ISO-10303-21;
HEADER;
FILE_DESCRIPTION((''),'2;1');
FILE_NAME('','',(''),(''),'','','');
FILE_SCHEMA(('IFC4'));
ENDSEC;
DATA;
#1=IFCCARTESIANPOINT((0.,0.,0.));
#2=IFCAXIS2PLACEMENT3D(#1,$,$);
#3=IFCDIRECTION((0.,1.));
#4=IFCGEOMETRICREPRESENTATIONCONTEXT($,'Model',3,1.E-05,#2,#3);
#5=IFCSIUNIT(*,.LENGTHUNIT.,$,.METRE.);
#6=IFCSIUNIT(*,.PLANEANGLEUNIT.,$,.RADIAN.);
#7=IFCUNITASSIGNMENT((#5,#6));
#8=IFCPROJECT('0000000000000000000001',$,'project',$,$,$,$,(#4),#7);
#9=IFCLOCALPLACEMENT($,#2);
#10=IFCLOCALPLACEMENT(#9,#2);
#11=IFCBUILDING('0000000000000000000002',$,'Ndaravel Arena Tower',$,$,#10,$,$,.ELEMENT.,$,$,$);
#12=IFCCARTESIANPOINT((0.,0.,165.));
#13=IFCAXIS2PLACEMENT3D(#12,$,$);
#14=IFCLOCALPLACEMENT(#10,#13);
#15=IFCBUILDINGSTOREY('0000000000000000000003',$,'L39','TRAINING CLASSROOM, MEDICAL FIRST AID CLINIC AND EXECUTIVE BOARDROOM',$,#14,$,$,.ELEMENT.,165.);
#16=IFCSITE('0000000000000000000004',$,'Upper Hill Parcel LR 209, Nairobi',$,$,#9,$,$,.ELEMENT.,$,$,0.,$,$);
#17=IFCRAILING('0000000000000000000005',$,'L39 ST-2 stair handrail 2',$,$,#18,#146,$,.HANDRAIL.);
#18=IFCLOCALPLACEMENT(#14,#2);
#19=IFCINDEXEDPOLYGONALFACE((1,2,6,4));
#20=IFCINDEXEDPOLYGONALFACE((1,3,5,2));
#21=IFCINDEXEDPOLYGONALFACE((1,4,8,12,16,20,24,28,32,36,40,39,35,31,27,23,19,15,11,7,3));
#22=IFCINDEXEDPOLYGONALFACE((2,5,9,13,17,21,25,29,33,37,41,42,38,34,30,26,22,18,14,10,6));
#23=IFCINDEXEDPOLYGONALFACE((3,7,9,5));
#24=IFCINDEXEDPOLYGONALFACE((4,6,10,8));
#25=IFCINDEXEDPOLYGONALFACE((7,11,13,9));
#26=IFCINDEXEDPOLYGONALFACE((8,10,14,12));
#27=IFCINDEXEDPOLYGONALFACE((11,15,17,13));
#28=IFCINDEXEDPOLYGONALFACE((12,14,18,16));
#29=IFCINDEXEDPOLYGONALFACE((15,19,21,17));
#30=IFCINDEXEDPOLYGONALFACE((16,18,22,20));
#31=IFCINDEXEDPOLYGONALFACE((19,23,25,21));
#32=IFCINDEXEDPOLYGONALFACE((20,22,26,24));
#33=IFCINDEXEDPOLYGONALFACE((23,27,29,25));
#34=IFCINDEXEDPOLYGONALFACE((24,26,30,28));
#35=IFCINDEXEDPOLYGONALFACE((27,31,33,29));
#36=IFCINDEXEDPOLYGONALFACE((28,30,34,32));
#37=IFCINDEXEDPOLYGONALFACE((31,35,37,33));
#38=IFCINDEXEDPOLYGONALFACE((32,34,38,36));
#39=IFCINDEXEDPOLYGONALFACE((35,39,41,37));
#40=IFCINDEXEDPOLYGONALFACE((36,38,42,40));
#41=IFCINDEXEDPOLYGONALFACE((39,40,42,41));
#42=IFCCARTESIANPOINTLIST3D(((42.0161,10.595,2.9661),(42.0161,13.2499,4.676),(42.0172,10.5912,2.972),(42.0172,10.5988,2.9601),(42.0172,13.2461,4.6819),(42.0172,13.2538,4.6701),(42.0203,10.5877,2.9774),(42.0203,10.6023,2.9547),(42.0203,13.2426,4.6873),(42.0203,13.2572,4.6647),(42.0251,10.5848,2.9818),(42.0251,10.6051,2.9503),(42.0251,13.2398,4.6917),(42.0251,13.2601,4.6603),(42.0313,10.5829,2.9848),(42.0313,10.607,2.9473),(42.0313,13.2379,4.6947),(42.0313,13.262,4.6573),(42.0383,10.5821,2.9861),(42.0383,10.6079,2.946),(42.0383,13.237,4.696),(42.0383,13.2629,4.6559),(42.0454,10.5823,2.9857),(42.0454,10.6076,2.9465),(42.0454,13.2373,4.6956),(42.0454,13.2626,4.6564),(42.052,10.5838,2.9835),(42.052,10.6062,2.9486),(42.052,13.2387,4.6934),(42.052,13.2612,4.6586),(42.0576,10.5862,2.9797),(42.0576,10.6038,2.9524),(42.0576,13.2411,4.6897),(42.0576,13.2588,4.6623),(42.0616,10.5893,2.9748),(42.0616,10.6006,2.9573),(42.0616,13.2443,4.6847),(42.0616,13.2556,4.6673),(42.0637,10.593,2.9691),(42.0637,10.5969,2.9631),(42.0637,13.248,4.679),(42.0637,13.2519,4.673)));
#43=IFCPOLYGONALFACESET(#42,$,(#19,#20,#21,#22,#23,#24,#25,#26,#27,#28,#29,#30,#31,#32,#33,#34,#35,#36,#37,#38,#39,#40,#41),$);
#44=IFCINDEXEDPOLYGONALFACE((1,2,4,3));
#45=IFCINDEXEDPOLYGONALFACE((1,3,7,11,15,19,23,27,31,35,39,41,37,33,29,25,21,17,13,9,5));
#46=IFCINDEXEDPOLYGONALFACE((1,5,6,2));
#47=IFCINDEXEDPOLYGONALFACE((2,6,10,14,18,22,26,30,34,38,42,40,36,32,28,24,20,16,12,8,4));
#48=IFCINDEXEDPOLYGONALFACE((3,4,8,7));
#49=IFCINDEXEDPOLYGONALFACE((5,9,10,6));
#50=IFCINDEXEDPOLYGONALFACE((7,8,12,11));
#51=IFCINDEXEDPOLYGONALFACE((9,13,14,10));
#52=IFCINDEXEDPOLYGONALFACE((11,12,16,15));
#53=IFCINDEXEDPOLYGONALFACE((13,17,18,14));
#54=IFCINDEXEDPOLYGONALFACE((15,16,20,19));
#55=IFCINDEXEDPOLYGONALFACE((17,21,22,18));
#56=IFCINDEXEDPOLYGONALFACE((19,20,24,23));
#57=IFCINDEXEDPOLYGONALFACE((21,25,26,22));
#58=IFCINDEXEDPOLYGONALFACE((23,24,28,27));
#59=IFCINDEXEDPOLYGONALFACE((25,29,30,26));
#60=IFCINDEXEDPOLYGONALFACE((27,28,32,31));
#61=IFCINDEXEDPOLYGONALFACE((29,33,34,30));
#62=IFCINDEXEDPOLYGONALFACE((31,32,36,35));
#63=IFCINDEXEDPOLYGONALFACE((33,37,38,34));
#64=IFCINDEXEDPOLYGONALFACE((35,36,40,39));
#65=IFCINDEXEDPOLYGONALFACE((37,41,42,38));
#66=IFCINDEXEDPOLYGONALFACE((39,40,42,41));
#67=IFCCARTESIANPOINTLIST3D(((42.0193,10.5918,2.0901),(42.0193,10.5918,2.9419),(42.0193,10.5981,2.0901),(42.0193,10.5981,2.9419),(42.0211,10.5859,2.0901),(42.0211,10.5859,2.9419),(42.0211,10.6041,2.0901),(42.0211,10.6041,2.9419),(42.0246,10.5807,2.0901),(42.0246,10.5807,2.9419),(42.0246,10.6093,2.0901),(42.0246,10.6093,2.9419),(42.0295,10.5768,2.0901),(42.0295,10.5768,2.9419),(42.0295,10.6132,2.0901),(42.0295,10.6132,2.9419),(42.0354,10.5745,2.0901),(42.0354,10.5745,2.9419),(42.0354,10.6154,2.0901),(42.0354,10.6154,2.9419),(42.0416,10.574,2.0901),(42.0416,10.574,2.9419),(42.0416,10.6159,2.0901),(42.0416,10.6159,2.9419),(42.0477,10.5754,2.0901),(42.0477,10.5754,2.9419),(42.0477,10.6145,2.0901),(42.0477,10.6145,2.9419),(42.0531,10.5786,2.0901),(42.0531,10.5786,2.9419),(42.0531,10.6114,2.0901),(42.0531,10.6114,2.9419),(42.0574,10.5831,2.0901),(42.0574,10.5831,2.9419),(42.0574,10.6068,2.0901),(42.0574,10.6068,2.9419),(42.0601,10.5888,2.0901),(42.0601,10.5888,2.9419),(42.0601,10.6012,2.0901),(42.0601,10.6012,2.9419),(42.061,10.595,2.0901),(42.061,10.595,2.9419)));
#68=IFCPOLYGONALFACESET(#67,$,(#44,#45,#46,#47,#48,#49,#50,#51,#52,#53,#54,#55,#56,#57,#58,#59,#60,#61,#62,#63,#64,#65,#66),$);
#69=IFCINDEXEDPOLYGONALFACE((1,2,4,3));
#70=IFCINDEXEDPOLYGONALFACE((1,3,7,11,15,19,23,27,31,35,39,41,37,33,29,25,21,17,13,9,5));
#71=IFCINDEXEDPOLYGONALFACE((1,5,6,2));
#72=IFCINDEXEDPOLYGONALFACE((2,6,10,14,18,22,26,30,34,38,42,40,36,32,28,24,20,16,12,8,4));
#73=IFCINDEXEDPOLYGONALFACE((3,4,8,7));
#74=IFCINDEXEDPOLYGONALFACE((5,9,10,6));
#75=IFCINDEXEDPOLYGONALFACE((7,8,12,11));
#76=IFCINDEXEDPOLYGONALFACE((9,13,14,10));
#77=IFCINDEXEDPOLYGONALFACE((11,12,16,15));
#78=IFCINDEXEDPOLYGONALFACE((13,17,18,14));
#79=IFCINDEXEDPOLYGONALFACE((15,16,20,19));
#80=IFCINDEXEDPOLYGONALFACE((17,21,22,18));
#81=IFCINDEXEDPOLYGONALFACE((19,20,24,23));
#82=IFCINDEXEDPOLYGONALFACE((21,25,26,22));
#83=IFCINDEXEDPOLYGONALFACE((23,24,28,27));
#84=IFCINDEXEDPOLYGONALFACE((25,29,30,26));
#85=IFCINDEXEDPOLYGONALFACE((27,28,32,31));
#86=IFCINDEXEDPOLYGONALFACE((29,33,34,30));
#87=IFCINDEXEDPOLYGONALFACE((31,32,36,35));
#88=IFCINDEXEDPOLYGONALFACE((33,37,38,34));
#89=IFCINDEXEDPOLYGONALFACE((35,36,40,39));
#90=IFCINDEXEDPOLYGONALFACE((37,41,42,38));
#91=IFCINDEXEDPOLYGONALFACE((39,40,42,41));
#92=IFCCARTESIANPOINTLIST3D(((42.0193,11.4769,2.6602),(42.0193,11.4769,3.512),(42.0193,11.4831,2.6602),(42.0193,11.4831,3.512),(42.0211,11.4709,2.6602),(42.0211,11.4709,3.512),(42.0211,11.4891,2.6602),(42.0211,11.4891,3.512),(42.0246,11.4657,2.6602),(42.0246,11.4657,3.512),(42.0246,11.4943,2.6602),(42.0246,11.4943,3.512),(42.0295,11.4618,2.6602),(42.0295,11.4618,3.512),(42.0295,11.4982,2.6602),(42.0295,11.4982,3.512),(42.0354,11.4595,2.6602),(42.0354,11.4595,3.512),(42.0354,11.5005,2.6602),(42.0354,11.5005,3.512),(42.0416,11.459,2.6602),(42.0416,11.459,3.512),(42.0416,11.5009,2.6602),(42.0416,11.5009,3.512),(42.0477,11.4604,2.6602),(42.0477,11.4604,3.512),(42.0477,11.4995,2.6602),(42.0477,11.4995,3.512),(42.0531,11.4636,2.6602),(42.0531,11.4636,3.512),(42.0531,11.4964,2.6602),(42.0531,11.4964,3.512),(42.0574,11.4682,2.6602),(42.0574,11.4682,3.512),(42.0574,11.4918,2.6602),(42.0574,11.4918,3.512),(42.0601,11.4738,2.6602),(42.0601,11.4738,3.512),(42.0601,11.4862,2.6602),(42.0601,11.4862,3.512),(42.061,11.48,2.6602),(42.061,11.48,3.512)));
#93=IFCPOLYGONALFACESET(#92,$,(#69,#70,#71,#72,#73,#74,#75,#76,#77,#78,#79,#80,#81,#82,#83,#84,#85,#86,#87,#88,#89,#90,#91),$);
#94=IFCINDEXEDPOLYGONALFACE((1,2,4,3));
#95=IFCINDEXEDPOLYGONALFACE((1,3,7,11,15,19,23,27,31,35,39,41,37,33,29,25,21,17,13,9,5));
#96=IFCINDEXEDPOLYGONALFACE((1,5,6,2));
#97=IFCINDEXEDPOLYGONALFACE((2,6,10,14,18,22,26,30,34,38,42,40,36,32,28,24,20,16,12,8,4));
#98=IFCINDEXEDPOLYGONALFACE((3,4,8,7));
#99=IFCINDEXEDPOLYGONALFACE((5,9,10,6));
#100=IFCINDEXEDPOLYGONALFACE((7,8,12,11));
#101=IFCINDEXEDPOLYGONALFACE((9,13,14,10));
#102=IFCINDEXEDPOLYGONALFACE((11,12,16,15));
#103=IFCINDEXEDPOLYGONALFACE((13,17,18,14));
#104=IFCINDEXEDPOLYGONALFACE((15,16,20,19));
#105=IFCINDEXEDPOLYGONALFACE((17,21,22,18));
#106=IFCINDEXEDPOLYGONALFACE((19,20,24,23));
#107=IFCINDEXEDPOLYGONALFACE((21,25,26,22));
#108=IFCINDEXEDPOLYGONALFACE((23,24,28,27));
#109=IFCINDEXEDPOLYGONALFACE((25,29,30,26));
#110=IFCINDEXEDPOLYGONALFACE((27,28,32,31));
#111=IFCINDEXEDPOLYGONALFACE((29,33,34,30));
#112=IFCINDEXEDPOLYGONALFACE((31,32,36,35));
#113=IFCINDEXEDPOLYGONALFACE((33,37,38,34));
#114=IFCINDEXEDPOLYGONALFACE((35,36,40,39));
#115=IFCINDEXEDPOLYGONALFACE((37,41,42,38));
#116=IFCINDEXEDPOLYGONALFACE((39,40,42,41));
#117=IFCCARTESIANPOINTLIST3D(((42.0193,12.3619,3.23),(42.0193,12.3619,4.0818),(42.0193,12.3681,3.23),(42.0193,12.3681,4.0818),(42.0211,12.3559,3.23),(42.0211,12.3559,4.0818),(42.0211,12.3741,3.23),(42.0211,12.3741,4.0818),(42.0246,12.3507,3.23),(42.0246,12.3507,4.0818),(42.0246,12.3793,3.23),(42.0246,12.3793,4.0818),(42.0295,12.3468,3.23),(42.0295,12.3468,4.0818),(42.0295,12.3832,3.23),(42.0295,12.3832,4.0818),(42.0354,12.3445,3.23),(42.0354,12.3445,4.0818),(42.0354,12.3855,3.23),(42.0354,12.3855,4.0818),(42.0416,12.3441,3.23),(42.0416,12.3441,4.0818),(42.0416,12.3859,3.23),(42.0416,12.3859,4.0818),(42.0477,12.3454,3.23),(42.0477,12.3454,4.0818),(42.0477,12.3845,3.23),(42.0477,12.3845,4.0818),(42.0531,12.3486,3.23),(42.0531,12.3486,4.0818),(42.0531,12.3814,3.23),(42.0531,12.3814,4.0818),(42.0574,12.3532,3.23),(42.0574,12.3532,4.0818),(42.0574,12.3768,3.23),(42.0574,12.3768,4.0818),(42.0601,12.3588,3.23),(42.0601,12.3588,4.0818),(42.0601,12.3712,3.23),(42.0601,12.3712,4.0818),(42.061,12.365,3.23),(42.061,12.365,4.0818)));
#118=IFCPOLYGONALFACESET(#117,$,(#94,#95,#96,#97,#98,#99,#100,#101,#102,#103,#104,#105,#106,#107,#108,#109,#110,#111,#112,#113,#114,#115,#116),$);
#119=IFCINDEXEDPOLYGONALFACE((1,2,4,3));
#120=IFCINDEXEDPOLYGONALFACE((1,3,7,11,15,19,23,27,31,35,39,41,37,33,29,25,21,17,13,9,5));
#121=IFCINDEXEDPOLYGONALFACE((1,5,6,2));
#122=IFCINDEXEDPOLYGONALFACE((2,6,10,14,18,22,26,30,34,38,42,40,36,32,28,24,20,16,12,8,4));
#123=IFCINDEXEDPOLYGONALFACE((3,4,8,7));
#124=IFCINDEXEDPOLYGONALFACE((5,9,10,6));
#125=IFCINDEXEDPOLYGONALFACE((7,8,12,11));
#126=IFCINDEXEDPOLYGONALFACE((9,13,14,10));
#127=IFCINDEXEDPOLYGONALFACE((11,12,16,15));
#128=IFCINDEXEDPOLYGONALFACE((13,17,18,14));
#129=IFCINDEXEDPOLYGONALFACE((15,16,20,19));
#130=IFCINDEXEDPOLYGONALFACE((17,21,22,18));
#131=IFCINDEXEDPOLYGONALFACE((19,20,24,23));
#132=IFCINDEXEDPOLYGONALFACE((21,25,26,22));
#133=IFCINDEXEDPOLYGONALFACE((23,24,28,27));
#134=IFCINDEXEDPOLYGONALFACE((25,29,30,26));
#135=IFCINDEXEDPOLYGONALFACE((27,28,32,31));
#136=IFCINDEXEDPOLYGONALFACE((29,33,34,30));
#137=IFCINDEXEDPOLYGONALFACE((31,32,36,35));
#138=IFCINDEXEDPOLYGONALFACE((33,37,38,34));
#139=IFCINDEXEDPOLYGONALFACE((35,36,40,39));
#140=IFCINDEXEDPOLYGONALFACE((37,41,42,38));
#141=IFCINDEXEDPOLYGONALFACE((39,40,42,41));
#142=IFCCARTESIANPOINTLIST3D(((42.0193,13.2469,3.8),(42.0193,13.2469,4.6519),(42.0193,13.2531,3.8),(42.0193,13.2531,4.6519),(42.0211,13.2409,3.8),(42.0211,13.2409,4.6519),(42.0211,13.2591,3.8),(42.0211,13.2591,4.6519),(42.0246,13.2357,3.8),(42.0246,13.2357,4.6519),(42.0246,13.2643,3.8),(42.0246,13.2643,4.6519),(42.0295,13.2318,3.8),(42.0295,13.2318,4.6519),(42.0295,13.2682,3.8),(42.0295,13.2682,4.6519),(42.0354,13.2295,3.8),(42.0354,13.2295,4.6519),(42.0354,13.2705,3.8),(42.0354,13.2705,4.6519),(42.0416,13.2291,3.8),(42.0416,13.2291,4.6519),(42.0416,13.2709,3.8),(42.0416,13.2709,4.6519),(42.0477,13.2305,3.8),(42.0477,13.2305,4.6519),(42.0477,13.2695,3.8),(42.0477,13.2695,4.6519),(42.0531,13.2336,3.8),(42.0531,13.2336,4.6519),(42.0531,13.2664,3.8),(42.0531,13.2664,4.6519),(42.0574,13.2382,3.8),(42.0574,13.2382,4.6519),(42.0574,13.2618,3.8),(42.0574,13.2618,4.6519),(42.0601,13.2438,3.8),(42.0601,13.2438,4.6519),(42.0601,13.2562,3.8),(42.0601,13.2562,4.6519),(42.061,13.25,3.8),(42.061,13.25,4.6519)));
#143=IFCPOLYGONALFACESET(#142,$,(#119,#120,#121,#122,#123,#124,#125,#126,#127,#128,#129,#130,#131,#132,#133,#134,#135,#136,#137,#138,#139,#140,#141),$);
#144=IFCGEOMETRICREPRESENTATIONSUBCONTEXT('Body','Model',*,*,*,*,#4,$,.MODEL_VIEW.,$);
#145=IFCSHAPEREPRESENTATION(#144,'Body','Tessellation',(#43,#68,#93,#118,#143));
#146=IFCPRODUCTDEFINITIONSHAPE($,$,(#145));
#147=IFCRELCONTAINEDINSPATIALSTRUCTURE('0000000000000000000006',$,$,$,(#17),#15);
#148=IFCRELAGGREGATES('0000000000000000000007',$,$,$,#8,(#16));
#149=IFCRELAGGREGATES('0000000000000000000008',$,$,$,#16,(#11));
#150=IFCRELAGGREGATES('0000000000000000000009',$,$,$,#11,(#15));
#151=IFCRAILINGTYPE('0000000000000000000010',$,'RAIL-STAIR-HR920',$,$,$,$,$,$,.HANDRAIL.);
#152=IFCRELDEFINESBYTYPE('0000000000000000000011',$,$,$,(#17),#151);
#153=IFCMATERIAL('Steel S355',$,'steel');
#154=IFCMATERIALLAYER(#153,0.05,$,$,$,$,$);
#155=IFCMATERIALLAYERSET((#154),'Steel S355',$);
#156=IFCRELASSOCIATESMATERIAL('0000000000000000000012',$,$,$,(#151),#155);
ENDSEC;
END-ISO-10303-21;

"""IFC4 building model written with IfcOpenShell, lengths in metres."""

from ifc_helpers import new_model, si_unit, direction, frame, origin, origin_2d, place, context, subcontext, project, spatial, circle, extrude, material, layer, layer_set, type_object, element, save


model = new_model("IFC4")

# Units and contexts
model_context = context("Model", 3, precision=1e-05, world=origin(), true_north=direction((0.0, 1.0)))
body_context = subcontext(model_context, "Body", "Model", "MODEL_VIEW")
ifc_project = project(units=[si_unit("LENGTHUNIT", "METRE"), si_unit("PLANEANGLEUNIT", "RADIAN")], contexts=[model_context])

# Site, building, storey
site_placement = place(None, origin())
site = spatial("IfcSite", under=ifc_project, at=site_placement, Name="Upper Hill Parcel LR 209, Nairobi", CompositionType="ELEMENT", RefElevation=0.0)
building_placement = place(site_placement, origin())
building = spatial("IfcBuilding", under=site, at=building_placement, Name="Ndaravel Arena Tower", CompositionType="ELEMENT")
storey_placement = place(building_placement, frame((0.0, 0.0, 165.0)))
storey = spatial("IfcBuildingStorey", under=building, at=storey_placement, Name="L39", Description="TRAINING CLASSROOM, MEDICAL FIRST AID CLINIC AND EXECUTIVE BOARDROOM", CompositionType="ELEMENT", Elevation=165.0)

# Railing
ifc_material_1 = material(Name="Steel S355", Category="steel")
ifc_layer_1 = layer(ifc_material_1, 0.05)
ifc_layer_set_1 = layer_set([ifc_layer_1], Name="Steel S355")
railing_type_1 = type_object("IfcRailingType", Name="RAIL-STAIR-HR920", PredefinedType="HANDRAIL", material=ifc_layer_set_1)
railing_1_placement = place(storey_placement, frame((42.04, 10.595, 2.0901)))
element("IfcRailing", 1, at=railing_1_placement, inside=storey, type_object=railing_type_1, Name="L39 ST-2 stair handrail 2", PredefinedType="HANDRAIL", context=body_context, shape_type="SweptSolid", body=[
    extrude(circle(Radius=0.0239, at=origin_2d()), frame((0.0, 0.0, 0.876), z_axis=(0.0, 0.840724, 0.541465), x_axis=(-1.0, 0.0, 0.0)), (0.0, 0.0, 1.0), 3.158),
    extrude(circle(Radius=0.021, at=origin_2d()), origin(), (0.0, 0.0, 1.0), 0.8518),
    extrude(circle(Radius=0.021, at=origin_2d()), frame((0.0, 0.885, 0.5701)), (0.0, 0.0, 1.0), 0.8518),
    extrude(circle(Radius=0.021, at=origin_2d()), frame((0.0, 1.77, 1.1399)), (0.0, 0.0, 1.0), 0.8518),
    extrude(circle(Radius=0.021, at=origin_2d()), frame((0.0, 2.655, 1.71)), (0.0, 0.0, 1.0), 0.8518),
])

save(model, "model.ifc")
